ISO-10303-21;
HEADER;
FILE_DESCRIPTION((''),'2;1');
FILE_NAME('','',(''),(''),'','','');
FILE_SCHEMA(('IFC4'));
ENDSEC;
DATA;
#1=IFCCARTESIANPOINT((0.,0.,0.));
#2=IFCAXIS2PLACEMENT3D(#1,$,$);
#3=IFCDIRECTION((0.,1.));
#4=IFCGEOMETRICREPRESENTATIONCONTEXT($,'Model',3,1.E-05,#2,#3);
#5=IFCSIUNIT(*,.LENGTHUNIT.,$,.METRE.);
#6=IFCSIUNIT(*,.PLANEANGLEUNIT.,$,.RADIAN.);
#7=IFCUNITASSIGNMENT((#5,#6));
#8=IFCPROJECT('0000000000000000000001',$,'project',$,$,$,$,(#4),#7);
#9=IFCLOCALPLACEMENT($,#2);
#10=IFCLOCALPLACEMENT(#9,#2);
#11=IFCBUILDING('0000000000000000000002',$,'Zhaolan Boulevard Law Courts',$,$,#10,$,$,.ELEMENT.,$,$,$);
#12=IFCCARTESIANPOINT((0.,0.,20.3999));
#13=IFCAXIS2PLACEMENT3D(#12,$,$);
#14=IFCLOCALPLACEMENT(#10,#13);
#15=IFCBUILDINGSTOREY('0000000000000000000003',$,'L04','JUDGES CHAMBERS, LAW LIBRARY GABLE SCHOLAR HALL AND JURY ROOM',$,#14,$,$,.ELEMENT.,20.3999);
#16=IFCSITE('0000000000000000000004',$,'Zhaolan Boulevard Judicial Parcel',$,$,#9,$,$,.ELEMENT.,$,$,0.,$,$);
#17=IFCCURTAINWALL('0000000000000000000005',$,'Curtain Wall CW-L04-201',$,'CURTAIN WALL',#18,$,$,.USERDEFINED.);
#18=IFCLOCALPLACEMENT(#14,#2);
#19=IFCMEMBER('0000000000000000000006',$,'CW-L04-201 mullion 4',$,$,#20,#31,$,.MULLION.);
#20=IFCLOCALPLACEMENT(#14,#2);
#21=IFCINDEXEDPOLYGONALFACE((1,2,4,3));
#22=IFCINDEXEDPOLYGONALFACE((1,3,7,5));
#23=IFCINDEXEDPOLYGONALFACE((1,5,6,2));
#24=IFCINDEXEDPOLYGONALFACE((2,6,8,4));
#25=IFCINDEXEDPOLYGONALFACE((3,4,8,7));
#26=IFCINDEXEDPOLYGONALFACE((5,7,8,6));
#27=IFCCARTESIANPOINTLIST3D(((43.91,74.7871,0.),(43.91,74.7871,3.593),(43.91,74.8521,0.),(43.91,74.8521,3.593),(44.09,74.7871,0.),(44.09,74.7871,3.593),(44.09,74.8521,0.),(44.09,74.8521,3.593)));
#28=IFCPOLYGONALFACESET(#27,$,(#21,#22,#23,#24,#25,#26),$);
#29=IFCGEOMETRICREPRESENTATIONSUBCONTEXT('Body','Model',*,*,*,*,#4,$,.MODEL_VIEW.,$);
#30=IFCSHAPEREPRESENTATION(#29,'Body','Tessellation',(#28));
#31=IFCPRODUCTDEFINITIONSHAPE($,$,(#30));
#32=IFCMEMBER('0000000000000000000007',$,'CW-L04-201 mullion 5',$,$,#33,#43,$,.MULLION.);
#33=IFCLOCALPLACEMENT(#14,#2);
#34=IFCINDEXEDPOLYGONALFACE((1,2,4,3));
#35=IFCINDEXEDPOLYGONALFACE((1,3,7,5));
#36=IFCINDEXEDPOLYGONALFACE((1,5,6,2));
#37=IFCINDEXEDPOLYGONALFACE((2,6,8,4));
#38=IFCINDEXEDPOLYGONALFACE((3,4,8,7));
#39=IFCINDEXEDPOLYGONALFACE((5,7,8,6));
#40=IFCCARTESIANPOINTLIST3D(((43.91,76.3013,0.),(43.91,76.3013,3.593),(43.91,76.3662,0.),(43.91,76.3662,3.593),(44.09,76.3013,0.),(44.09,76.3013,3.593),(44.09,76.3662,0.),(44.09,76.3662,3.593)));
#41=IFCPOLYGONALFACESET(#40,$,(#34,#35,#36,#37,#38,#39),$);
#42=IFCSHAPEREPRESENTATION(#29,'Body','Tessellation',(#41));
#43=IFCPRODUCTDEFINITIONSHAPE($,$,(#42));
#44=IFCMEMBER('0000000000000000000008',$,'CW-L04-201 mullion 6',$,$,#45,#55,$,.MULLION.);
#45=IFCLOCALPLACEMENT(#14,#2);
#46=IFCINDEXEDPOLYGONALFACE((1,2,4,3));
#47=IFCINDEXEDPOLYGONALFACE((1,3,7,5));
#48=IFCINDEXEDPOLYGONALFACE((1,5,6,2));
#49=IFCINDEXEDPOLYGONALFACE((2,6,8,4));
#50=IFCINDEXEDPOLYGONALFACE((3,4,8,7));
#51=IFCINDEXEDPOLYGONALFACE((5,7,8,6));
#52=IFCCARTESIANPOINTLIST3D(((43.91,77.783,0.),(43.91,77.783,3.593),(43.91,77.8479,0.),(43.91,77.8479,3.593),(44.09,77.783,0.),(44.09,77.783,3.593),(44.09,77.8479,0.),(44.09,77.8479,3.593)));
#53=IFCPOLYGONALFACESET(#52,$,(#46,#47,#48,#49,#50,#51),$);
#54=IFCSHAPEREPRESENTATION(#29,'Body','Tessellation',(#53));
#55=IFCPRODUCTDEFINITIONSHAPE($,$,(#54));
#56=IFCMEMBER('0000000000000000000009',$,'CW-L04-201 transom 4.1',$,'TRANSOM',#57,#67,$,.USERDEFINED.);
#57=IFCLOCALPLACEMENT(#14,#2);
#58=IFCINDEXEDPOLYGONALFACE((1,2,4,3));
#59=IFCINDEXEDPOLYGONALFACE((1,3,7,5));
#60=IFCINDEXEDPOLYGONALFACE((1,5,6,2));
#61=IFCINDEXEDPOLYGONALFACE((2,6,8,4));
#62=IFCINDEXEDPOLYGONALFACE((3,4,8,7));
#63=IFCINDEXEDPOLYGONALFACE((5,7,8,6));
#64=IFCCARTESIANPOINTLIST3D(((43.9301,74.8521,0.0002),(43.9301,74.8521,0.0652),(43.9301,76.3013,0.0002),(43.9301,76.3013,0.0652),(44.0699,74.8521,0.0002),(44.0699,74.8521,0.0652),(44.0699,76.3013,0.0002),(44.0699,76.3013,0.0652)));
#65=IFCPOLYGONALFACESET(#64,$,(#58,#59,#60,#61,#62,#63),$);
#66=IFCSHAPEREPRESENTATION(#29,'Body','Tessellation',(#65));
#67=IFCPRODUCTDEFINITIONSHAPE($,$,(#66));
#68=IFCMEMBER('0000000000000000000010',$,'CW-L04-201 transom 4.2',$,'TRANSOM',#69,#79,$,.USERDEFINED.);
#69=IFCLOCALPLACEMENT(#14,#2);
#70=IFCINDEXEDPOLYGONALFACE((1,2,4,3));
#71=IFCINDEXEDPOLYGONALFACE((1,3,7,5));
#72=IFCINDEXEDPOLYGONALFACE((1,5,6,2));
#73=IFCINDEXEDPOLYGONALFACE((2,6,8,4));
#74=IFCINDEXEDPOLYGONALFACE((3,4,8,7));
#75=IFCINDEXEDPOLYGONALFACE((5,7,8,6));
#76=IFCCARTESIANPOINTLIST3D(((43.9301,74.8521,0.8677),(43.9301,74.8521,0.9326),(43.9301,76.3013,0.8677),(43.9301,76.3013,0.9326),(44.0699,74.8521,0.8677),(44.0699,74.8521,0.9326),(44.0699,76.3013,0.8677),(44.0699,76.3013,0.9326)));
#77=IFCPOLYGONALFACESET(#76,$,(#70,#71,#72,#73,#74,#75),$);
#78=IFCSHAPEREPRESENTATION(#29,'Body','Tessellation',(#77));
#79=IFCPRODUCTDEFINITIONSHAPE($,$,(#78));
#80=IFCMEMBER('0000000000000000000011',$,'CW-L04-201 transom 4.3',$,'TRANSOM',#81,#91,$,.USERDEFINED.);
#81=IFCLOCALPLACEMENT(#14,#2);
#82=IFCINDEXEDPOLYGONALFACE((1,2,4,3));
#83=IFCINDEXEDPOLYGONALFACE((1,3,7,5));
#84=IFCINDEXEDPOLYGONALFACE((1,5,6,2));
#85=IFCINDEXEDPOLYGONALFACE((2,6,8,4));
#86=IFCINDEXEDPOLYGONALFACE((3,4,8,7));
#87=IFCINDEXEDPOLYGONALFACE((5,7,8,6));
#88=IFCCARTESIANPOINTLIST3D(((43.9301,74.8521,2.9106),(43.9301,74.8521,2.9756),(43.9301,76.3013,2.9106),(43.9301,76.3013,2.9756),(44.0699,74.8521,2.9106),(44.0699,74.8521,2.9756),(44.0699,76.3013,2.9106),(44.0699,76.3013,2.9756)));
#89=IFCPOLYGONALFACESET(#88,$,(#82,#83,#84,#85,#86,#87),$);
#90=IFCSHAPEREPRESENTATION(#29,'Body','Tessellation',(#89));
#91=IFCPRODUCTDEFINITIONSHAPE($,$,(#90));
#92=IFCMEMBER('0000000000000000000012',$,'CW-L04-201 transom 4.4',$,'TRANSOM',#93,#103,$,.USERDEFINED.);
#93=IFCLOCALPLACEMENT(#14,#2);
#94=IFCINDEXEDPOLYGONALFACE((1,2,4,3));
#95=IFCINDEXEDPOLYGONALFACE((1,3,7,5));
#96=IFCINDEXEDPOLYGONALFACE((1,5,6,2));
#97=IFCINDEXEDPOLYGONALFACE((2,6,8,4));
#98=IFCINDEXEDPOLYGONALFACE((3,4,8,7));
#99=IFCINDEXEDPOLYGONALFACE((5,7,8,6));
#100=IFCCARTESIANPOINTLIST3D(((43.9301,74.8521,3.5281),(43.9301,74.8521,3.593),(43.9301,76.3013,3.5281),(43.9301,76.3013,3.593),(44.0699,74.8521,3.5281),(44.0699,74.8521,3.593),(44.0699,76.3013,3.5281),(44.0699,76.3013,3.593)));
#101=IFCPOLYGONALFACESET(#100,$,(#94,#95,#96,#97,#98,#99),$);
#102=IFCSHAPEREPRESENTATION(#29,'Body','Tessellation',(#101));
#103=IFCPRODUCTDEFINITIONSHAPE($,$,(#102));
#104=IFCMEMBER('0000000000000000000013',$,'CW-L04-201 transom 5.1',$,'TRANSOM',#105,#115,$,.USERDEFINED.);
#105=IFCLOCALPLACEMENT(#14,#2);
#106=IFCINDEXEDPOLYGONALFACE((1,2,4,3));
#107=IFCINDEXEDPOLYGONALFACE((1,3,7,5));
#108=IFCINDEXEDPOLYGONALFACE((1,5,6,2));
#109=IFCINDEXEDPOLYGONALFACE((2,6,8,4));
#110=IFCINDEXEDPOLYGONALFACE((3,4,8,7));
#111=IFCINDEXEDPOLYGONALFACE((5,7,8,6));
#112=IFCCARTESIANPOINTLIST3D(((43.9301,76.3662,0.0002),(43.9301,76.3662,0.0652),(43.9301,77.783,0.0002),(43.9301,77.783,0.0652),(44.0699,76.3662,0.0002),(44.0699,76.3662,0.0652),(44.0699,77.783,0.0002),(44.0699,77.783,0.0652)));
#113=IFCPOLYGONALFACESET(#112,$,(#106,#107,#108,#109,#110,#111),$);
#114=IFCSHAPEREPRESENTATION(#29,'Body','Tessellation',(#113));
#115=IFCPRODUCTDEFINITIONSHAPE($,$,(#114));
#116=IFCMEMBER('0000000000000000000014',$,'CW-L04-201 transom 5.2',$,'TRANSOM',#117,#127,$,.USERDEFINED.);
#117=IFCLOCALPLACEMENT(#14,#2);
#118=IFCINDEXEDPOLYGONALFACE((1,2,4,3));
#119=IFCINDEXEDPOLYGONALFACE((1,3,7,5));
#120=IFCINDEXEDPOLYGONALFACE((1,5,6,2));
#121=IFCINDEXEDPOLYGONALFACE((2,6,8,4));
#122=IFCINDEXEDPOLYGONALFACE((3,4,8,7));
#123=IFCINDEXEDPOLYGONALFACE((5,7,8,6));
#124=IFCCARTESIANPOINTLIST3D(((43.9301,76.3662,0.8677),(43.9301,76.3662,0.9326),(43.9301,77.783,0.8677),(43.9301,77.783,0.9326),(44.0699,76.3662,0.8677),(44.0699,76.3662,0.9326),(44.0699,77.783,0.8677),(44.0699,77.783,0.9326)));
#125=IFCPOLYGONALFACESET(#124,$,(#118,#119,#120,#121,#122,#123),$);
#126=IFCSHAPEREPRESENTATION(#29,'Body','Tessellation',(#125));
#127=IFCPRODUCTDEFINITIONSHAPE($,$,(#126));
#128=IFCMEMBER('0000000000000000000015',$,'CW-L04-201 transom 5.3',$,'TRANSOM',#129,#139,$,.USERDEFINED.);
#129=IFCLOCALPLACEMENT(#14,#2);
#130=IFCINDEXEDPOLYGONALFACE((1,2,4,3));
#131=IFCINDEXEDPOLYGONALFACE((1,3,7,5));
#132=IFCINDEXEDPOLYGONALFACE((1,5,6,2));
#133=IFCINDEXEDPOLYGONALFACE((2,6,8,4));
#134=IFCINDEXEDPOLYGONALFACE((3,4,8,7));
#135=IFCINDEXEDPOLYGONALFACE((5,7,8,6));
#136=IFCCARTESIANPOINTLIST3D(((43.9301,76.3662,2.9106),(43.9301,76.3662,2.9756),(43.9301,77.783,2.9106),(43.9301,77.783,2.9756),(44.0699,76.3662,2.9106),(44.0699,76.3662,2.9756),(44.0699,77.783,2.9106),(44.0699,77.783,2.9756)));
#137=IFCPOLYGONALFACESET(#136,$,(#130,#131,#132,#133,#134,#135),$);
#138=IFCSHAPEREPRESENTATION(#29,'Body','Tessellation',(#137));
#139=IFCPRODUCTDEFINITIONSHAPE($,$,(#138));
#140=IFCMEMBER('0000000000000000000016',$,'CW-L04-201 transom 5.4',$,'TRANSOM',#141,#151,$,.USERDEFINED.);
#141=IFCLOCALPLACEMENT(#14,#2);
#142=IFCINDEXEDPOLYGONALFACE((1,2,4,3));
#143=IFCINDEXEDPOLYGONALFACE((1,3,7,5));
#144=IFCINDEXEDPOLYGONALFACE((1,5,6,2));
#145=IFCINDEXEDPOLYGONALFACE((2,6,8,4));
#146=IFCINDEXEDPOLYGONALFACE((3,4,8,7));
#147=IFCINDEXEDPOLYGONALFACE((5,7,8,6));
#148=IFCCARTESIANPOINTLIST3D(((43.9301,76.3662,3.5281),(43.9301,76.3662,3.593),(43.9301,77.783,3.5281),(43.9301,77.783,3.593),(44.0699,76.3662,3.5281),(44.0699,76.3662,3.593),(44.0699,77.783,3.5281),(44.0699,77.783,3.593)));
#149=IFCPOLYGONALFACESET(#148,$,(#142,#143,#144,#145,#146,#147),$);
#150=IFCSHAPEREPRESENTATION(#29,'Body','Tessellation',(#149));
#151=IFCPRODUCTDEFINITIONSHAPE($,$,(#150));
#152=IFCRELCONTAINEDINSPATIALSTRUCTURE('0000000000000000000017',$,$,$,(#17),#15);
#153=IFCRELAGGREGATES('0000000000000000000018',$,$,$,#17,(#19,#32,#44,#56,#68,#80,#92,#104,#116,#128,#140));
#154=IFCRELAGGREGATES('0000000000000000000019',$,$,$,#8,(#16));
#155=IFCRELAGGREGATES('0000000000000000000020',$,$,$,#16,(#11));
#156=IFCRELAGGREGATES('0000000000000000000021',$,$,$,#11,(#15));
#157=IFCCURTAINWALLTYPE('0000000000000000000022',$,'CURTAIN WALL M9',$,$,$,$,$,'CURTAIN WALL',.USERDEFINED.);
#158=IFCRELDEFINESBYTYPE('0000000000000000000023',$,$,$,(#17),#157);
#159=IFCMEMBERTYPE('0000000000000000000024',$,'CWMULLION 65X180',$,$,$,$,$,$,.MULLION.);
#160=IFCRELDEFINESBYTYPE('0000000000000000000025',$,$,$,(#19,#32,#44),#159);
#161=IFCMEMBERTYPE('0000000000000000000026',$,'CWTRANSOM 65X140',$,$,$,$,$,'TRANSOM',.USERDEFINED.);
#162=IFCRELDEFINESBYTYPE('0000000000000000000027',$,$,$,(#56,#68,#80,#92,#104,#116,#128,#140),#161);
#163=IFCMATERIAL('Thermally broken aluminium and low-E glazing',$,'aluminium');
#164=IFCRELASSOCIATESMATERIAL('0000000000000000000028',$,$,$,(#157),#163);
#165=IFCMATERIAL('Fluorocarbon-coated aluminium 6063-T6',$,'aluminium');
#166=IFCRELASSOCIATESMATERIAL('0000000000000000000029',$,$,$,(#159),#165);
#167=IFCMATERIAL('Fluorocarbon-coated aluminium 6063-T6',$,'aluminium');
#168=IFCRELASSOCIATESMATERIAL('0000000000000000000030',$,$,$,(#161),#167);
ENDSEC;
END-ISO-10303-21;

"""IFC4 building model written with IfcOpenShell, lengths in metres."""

from ifc_helpers import new_model, si_unit, direction, frame, origin, origin_2d, place, context, subcontext, project, spatial, rectangle, extrude, material, material_profile, profile_set, type_object, element, aggregate, save


model = new_model("IFC4")

# Units and contexts
model_context = context("Model", 3, precision=1e-05, world=origin(), true_north=direction((0.0, 1.0)))
body_context = subcontext(model_context, "Body", "Model", "MODEL_VIEW")
ifc_project = project(units=[si_unit("LENGTHUNIT", "METRE"), si_unit("PLANEANGLEUNIT", "RADIAN")], contexts=[model_context])

# Site, building, storey
site_placement = place(None, origin())
site = spatial("IfcSite", under=ifc_project, at=site_placement, Name="Zhaolan Boulevard Judicial Parcel", CompositionType="ELEMENT", RefElevation=0.0)
building_placement = place(site_placement, origin())
building = spatial("IfcBuilding", under=site, at=building_placement, Name="Zhaolan Boulevard Law Courts", CompositionType="ELEMENT")
storey_placement = place(building_placement, frame((0.0, 0.0, 20.3999)))
storey = spatial("IfcBuildingStorey", under=building, at=storey_placement, Name="L04", Description="JUDGES CHAMBERS, LAW LIBRARY GABLE SCHOLAR HALL AND JURY ROOM", CompositionType="ELEMENT", Elevation=20.3999)

# Curtain wall, members
ifc_material_1 = material(Name="Thermally broken aluminium and low-E glazing", Category="aluminium")
curtain_wall_type = type_object("IfcCurtainWallType", Name="CURTAIN WALL M9", ElementType="CURTAIN WALL", PredefinedType="USERDEFINED", material=ifc_material_1)
curtain_wall_placement = place(storey_placement, origin())
curtain_wall = element("IfcCurtainWall", 1, at=curtain_wall_placement, inside=storey, type_object=curtain_wall_type, Name="Curtain Wall CW-L04-201", ObjectType="CURTAIN WALL", PredefinedType="USERDEFINED")
ifc_material_2 = material(Name="Fluorocarbon-coated aluminium 6063-T6", Category="aluminium")
ifc_material_profile_1 = material_profile(ifc_material_2, rectangle(XDim=0.1799, YDim=0.0649, at=origin_2d()), Name="AL65x180")
ifc_profile_set_1 = profile_set([ifc_material_profile_1], Name="Fluorocarbon-coated aluminium 6063-T6")
member_type_1 = type_object("IfcMemberType", Name="CWMULLION 65X180", PredefinedType="MULLION", material=ifc_profile_set_1)
member_1_placement = place(storey_placement, frame((44.0, 74.8196, 0.0), z_axis=(0.0, 0.0, 1.0), x_axis=(-1.0, 0.0, 0.0)))
member_1 = element("IfcMember", 2, at=member_1_placement, type_object=member_type_1, Name="CW-L04-201 mullion 4", PredefinedType="MULLION", context=body_context, shape_type="SweptSolid", body=[
    extrude(rectangle(XDim=0.1799, YDim=0.0649, at=origin_2d()), origin(), (0.0, 0.0, 1.0), 3.593),
])
member_2_placement = place(storey_placement, frame((44.0, 76.3337, 0.0), z_axis=(0.0, 0.0, 1.0), x_axis=(-1.0, 0.0, 0.0)))
member_2 = element("IfcMember", 3, at=member_2_placement, type_object=member_type_1, Name="CW-L04-201 mullion 5", PredefinedType="MULLION", context=body_context, shape_type="SweptSolid", body=[
    extrude(rectangle(XDim=0.1799, YDim=0.0649, at=origin_2d()), origin(), (0.0, 0.0, 1.0), 3.593),
])
member_3_placement = place(storey_placement, frame((44.0, 77.8154, 0.0), z_axis=(0.0, 0.0, 1.0), x_axis=(-1.0, 0.0, 0.0)))
member_3 = element("IfcMember", 4, at=member_3_placement, type_object=member_type_1, Name="CW-L04-201 mullion 6", PredefinedType="MULLION", context=body_context, shape_type="SweptSolid", body=[
    extrude(rectangle(XDim=0.1799, YDim=0.0649, at=origin_2d()), origin(), (0.0, 0.0, 1.0), 3.593),
])
ifc_material_3 = material(Name="Fluorocarbon-coated aluminium 6063-T6", Category="aluminium")
ifc_material_profile_2 = material_profile(ifc_material_3, rectangle(XDim=0.1399, YDim=0.0649, at=origin_2d()), Name="AL65x140")
ifc_profile_set_2 = profile_set([ifc_material_profile_2], Name="Fluorocarbon-coated aluminium 6063-T6")
member_type_2 = type_object("IfcMemberType", Name="CWTRANSOM 65X140", ElementType="TRANSOM", PredefinedType="USERDEFINED", material=ifc_profile_set_2)
member_4_placement = place(storey_placement, frame((44.0, 74.8521, 0.0327), z_axis=(0.0, 1.0, 0.0), x_axis=(-1.0, 0.0, 0.0)))
member_4 = element("IfcMember", 5, at=member_4_placement, type_object=member_type_2, Name="CW-L04-201 transom 4.1", ObjectType="TRANSOM", PredefinedType="USERDEFINED", context=body_context, shape_type="SweptSolid", body=[
    extrude(rectangle(XDim=0.1399, YDim=0.0649, at=origin_2d()), origin(), (0.0, 0.0, 1.0), 1.4492),
])
member_5_placement = place(storey_placement, frame((44.0, 74.8521, 0.9001), z_axis=(0.0, 1.0, 0.0), x_axis=(-1.0, 0.0, 0.0)))
member_5 = element("IfcMember", 6, at=member_5_placement, type_object=member_type_2, Name="CW-L04-201 transom 4.2", ObjectType="TRANSOM", PredefinedType="USERDEFINED", context=body_context, shape_type="SweptSolid", body=[
    extrude(rectangle(XDim=0.1399, YDim=0.0649, at=origin_2d()), origin(), (0.0, 0.0, 1.0), 1.4492),
])
member_6_placement = place(storey_placement, frame((44.0, 74.8521, 2.9431), z_axis=(0.0, 1.0, 0.0), x_axis=(-1.0, 0.0, 0.0)))
member_6 = element("IfcMember", 7, at=member_6_placement, type_object=member_type_2, Name="CW-L04-201 transom 4.3", ObjectType="TRANSOM", PredefinedType="USERDEFINED", context=body_context, shape_type="SweptSolid", body=[
    extrude(rectangle(XDim=0.1399, YDim=0.0649, at=origin_2d()), origin(), (0.0, 0.0, 1.0), 1.4492),
])
member_7_placement = place(storey_placement, frame((44.0, 74.8521, 3.5605), z_axis=(0.0, 1.0, 0.0), x_axis=(-1.0, 0.0, 0.0)))
member_7 = element("IfcMember", 8, at=member_7_placement, type_object=member_type_2, Name="CW-L04-201 transom 4.4", ObjectType="TRANSOM", PredefinedType="USERDEFINED", context=body_context, shape_type="SweptSolid", body=[
    extrude(rectangle(XDim=0.1399, YDim=0.0649, at=origin_2d()), origin(), (0.0, 0.0, 1.0), 1.4492),
])
member_8_placement = place(storey_placement, frame((44.0, 76.3662, 0.0327), z_axis=(0.0, 1.0, 0.0), x_axis=(-1.0, 0.0, 0.0)))
member_8 = element("IfcMember", 9, at=member_8_placement, type_object=member_type_2, Name="CW-L04-201 transom 5.1", ObjectType="TRANSOM", PredefinedType="USERDEFINED", context=body_context, shape_type="SweptSolid", body=[
    extrude(rectangle(XDim=0.1399, YDim=0.0649, at=origin_2d()), origin(), (0.0, 0.0, 1.0), 1.4167),
])
member_9_placement = place(storey_placement, frame((44.0, 76.3662, 0.9001), z_axis=(0.0, 1.0, 0.0), x_axis=(-1.0, 0.0, 0.0)))
member_9 = element("IfcMember", 10, at=member_9_placement, type_object=member_type_2, Name="CW-L04-201 transom 5.2", ObjectType="TRANSOM", PredefinedType="USERDEFINED", context=body_context, shape_type="SweptSolid", body=[
    extrude(rectangle(XDim=0.1399, YDim=0.0649, at=origin_2d()), origin(), (0.0, 0.0, 1.0), 1.4167),
])
member_10_placement = place(storey_placement, frame((44.0, 76.3662, 2.9431), z_axis=(0.0, 1.0, 0.0), x_axis=(-1.0, 0.0, 0.0)))
member_10 = element("IfcMember", 11, at=member_10_placement, type_object=member_type_2, Name="CW-L04-201 transom 5.3", ObjectType="TRANSOM", PredefinedType="USERDEFINED", context=body_context, shape_type="SweptSolid", body=[
    extrude(rectangle(XDim=0.1399, YDim=0.0649, at=origin_2d()), origin(), (0.0, 0.0, 1.0), 1.4167),
])
member_11_placement = place(storey_placement, frame((44.0, 76.3662, 3.5605), z_axis=(0.0, 1.0, 0.0), x_axis=(-1.0, 0.0, 0.0)))
member_11 = element("IfcMember", 12, at=member_11_placement, type_object=member_type_2, Name="CW-L04-201 transom 5.4", ObjectType="TRANSOM", PredefinedType="USERDEFINED", context=body_context, shape_type="SweptSolid", body=[
    extrude(rectangle(XDim=0.1399, YDim=0.0649, at=origin_2d()), origin(), (0.0, 0.0, 1.0), 1.4167),
])

aggregate(curtain_wall, [member_1, member_2, member_3, member_4, member_5, member_6, member_7, member_8, member_9, member_10, member_11])

save(model, "model.ifc")
